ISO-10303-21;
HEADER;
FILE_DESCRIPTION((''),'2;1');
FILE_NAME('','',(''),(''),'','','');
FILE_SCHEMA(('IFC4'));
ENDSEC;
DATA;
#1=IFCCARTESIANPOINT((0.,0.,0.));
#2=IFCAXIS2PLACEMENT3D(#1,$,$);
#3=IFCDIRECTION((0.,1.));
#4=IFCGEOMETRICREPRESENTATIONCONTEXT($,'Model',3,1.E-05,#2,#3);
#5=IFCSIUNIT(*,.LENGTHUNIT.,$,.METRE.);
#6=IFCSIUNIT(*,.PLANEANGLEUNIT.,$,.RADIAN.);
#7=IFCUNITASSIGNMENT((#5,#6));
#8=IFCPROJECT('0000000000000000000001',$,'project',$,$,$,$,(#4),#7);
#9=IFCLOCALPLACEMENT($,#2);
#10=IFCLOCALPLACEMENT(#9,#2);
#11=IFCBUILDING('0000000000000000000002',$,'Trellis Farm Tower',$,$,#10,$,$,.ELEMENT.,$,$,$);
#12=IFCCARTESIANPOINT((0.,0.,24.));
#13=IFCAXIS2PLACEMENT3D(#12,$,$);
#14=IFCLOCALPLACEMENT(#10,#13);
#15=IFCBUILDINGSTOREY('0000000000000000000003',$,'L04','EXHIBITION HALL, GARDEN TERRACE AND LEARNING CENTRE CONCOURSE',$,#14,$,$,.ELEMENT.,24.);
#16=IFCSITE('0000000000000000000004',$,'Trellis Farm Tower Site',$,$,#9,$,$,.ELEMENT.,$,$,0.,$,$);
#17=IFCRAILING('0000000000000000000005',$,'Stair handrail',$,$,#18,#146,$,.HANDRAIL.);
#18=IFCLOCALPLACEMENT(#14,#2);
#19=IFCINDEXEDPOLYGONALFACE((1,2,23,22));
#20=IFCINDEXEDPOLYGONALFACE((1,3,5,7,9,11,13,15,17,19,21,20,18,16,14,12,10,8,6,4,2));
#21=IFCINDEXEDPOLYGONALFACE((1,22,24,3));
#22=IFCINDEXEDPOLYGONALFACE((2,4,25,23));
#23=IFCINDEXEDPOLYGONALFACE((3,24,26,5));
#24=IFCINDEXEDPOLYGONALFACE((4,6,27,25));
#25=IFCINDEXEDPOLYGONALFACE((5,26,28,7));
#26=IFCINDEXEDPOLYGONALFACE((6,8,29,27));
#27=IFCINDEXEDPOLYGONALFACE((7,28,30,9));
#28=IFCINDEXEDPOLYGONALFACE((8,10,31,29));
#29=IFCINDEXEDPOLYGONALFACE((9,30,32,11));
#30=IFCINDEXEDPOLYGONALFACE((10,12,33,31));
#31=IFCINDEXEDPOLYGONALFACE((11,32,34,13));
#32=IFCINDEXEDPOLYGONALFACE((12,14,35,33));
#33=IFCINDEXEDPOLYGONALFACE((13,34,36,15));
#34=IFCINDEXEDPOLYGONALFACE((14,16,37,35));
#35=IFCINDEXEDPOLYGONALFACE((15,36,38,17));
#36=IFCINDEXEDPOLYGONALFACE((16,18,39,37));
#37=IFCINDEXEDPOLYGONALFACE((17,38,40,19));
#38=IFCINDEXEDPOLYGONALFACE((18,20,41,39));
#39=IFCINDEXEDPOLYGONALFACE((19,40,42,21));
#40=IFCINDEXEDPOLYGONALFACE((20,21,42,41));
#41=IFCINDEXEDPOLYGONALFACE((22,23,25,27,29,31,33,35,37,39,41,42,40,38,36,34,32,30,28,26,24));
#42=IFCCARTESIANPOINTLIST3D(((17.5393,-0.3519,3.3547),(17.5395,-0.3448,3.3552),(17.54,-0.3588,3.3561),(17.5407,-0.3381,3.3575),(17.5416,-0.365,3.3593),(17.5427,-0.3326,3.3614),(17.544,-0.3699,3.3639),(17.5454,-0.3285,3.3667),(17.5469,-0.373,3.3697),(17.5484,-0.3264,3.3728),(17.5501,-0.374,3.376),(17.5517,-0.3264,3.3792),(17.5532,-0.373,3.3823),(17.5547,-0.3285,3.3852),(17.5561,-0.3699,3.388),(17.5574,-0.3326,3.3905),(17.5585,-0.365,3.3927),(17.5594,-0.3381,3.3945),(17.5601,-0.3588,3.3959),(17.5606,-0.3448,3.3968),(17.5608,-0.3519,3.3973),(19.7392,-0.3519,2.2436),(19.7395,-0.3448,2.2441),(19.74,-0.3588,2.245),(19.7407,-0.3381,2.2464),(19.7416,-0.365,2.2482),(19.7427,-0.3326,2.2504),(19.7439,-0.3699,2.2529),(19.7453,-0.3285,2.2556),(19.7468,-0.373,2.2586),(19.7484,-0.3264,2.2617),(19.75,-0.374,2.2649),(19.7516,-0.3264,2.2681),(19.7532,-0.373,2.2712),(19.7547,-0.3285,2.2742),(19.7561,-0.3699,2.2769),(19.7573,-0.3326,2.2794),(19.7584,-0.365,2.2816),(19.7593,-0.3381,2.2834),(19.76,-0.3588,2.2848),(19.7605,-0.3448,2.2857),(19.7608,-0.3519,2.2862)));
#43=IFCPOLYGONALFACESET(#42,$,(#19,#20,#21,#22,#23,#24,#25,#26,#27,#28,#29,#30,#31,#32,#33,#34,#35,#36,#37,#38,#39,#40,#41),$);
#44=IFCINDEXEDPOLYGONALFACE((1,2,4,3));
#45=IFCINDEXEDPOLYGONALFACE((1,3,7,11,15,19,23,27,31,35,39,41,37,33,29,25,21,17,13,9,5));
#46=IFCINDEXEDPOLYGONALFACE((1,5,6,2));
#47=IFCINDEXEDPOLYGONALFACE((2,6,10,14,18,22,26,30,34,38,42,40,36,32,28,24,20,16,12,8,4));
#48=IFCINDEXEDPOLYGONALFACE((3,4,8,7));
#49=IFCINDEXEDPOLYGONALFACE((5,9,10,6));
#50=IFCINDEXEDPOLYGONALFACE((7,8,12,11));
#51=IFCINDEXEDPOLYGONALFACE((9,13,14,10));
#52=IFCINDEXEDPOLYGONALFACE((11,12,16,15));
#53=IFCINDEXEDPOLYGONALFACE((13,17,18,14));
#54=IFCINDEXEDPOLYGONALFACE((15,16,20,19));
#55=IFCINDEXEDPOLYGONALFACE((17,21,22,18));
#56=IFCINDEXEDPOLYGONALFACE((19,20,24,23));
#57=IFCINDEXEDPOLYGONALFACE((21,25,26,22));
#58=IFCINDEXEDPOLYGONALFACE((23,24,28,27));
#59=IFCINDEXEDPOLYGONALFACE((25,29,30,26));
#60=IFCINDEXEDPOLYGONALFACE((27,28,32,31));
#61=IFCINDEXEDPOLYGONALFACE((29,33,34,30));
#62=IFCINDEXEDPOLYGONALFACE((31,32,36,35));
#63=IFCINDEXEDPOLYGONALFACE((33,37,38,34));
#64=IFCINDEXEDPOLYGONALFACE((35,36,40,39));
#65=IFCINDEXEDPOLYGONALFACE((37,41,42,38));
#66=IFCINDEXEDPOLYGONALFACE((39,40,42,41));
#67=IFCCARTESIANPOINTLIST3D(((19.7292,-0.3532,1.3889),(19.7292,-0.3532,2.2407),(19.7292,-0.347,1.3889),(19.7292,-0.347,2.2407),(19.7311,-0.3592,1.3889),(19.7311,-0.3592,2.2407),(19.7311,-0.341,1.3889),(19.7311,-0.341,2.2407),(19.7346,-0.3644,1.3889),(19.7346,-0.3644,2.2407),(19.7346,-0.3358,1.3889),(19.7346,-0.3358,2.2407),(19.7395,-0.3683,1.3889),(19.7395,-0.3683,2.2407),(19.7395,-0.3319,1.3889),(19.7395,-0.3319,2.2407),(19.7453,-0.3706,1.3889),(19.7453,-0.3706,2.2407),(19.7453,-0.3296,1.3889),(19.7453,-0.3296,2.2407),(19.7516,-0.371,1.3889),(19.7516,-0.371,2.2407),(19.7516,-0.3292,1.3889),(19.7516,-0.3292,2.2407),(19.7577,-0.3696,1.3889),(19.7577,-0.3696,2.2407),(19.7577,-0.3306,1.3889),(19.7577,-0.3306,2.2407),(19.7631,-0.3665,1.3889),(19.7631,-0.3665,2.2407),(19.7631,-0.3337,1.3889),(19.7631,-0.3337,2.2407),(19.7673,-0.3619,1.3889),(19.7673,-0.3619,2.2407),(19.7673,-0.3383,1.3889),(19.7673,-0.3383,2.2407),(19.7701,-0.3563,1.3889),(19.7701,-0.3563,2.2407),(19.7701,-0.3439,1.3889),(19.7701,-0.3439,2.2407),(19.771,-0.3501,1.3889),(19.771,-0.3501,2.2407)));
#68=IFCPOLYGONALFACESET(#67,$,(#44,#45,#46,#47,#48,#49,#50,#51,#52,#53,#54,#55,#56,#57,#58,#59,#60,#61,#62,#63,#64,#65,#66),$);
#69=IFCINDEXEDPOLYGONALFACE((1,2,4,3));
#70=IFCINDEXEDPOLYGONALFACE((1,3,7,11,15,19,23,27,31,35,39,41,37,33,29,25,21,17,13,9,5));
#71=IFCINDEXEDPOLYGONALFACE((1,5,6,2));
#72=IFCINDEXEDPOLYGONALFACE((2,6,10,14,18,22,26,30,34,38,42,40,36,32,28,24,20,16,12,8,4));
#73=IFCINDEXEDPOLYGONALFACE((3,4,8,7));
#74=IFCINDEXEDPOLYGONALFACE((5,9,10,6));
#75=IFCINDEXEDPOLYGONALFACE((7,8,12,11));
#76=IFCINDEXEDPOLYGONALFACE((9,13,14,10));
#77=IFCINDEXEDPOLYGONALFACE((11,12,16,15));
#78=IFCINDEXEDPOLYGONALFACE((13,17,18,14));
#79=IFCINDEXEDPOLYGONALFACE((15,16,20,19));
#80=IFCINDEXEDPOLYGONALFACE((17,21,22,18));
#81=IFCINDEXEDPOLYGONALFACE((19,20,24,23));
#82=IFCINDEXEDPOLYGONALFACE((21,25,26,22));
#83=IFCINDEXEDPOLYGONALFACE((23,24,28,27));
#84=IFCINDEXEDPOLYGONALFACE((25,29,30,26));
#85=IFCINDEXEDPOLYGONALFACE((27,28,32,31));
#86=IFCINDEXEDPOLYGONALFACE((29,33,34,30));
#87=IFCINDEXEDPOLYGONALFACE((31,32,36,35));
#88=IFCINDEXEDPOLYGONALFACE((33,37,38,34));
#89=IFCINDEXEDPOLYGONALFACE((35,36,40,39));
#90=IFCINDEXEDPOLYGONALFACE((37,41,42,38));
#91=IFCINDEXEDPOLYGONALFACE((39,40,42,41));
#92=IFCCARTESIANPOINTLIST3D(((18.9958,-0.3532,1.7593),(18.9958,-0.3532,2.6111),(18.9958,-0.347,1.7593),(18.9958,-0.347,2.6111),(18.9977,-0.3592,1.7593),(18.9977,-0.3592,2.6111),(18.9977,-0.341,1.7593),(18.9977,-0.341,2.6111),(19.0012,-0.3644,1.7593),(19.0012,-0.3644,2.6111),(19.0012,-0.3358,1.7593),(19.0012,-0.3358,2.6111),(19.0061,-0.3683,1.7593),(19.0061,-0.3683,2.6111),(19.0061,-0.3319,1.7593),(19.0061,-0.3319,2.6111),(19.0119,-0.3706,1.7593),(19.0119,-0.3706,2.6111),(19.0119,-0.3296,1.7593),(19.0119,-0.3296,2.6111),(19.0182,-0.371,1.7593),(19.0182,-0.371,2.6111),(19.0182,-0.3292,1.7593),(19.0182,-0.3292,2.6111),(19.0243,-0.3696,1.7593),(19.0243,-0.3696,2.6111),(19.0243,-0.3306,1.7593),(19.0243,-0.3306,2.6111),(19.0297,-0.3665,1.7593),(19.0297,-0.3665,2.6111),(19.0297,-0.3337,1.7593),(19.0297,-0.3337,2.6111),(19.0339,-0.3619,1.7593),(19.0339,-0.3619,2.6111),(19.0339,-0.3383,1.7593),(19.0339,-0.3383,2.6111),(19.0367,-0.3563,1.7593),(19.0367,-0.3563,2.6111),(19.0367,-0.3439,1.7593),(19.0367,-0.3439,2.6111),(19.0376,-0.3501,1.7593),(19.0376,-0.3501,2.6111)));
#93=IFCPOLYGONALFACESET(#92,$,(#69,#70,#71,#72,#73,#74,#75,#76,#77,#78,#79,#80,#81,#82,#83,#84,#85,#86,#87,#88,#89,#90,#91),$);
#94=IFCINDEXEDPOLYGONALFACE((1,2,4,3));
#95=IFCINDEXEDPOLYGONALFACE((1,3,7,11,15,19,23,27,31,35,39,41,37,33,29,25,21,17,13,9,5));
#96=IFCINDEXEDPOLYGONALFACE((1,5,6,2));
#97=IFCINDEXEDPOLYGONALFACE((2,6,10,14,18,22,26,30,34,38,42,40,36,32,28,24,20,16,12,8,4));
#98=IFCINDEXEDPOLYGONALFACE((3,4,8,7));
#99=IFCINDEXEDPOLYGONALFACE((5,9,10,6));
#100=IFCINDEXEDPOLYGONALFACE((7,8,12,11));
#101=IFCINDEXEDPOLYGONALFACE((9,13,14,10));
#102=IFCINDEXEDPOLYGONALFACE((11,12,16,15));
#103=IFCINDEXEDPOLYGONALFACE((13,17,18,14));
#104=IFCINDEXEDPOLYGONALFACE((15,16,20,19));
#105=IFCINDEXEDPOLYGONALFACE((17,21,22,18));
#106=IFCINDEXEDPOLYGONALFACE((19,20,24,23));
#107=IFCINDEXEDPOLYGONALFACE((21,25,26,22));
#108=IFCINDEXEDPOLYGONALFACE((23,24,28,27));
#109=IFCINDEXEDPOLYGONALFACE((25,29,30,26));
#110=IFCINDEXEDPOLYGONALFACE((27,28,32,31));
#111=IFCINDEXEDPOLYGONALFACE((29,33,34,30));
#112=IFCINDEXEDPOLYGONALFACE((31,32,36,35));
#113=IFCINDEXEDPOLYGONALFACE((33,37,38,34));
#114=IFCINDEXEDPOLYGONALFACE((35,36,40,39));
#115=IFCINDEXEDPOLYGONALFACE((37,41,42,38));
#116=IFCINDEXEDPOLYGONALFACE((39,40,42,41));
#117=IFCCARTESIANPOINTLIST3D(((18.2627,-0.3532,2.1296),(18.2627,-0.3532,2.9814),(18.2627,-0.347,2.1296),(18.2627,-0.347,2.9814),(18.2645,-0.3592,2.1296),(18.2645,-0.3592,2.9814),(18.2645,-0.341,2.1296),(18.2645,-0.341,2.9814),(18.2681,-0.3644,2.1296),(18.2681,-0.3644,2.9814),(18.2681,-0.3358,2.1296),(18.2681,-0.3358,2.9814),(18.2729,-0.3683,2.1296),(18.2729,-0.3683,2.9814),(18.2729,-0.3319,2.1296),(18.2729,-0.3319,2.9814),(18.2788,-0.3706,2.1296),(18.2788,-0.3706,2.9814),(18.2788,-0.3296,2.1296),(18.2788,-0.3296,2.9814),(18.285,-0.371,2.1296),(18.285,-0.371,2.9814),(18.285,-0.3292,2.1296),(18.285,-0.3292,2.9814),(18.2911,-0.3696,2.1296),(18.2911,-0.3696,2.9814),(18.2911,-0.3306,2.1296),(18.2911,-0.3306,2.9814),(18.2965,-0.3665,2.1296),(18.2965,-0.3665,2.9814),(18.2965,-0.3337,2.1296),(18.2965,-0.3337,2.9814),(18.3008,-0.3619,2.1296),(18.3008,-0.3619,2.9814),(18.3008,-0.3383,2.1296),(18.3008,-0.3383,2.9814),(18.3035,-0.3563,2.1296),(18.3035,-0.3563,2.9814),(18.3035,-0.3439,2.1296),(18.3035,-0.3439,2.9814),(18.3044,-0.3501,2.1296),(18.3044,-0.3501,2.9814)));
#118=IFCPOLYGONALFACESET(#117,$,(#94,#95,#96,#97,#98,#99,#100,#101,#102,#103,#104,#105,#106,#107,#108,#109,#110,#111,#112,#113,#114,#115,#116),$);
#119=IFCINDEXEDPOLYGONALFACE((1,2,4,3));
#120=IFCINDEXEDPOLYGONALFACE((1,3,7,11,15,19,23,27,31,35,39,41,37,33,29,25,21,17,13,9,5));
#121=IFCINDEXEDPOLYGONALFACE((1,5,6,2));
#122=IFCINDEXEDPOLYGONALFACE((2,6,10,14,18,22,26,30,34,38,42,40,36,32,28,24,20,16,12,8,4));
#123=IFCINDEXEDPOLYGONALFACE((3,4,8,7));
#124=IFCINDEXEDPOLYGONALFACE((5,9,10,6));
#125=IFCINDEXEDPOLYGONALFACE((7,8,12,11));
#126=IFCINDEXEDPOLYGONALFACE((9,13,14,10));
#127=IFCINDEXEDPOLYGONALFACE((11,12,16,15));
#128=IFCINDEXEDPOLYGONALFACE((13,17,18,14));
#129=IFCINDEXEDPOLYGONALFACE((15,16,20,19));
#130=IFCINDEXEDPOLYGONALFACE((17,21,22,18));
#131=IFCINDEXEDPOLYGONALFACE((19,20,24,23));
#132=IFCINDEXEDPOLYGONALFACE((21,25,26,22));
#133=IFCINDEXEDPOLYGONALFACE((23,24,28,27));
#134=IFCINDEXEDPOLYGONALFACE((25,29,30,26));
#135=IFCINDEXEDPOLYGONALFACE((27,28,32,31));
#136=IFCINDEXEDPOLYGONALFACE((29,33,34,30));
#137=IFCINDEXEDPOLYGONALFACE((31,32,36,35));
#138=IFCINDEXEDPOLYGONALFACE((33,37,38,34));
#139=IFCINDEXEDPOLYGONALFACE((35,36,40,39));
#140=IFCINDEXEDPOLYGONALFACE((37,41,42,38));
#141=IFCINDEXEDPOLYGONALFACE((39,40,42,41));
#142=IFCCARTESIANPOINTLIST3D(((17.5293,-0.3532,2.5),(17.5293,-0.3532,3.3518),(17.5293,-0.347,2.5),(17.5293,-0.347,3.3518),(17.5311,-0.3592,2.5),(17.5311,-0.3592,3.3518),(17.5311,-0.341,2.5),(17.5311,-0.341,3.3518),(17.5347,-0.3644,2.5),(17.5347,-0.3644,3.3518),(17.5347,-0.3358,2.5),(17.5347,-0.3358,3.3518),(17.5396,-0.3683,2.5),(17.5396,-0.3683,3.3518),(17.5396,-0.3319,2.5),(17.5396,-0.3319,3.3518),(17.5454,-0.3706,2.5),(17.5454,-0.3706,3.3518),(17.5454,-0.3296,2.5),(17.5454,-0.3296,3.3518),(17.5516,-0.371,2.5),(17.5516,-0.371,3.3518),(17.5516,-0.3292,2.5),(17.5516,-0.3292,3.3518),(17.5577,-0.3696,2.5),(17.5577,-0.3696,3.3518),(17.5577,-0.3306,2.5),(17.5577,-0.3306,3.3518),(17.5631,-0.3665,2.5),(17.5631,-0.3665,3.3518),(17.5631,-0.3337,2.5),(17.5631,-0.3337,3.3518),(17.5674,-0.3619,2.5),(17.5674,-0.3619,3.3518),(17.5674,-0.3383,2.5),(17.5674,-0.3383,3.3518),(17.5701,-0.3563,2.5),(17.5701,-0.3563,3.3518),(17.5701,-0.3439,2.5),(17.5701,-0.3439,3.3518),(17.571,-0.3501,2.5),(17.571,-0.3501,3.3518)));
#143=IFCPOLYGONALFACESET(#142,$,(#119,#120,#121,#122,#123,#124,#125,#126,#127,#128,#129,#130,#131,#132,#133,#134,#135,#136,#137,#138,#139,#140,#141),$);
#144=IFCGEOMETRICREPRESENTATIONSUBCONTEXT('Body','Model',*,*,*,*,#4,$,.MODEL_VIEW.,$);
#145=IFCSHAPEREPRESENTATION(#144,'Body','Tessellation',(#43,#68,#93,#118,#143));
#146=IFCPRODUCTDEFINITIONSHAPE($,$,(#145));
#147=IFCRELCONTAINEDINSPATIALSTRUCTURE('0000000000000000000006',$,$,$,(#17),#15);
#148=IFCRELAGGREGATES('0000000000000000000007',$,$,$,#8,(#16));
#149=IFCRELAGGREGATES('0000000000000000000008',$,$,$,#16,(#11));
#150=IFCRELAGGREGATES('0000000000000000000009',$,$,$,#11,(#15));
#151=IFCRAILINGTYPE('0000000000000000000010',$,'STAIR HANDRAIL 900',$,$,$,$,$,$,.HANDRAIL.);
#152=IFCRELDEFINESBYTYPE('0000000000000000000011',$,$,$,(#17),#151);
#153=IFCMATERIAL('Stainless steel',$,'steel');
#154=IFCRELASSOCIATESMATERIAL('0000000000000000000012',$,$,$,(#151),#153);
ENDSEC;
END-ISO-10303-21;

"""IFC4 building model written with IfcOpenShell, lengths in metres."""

from ifc_helpers import new_model, si_unit, direction, frame, origin, origin_2d, place, context, subcontext, project, spatial, circle, extrude, source, transform, mapped, material, type_object, element, save


model = new_model("IFC4")

# Units and contexts
model_context = context("Model", 3, precision=1e-05, world=origin(), true_north=direction((0.0, 1.0)))
body_context = subcontext(model_context, "Body", "Model", "MODEL_VIEW")
ifc_project = project(units=[si_unit("LENGTHUNIT", "METRE"), si_unit("PLANEANGLEUNIT", "RADIAN")], contexts=[model_context])

# Site, building, storey
site_placement = place(None, origin())
site = spatial("IfcSite", under=ifc_project, at=site_placement, Name="Trellis Farm Tower Site", CompositionType="ELEMENT", RefElevation=0.0)
building_placement = place(site_placement, origin())
building = spatial("IfcBuilding", under=site, at=building_placement, Name="Trellis Farm Tower", CompositionType="ELEMENT")
storey_placement = place(building_placement, frame((0.0, 0.0, 24.0)))
storey = spatial("IfcBuildingStorey", under=building, at=storey_placement, Name="L04", Description="EXHIBITION HALL, GARDEN TERRACE AND LEARNING CENTRE CONCOURSE", CompositionType="ELEMENT", Elevation=24.0)

# Railing
ifc_material_1 = material(Name="Stainless steel", Category="steel")
railing_type = type_object("IfcRailingType", Name="STAIR HANDRAIL 900", PredefinedType="HANDRAIL", material=ifc_material_1)
shared_shape_1 = source(origin(), body_context, "Body", "SweptSolid", [
    extrude(circle(Radius=0.0239, at=origin_2d()), frame((0.0, 0.0, 0.876), z_axis=(-0.892617, 0.0, 0.450816), x_axis=(0.0, -1.0, 0.0)), (0.0, 0.0, 1.0), 2.4646),
    extrude(circle(Radius=0.021, at=origin_2d()), origin(), (0.0, 0.0, 1.0), 0.8518),
    extrude(circle(Radius=0.021, at=origin_2d()), frame((-0.7334, 0.0, 0.3704)), (0.0, 0.0, 1.0), 0.8518),
    extrude(circle(Radius=0.021, at=origin_2d()), frame((-1.4666, 0.0, 0.7407)), (0.0, 0.0, 1.0), 0.8518),
    extrude(circle(Radius=0.021, at=origin_2d()), frame((-2.2, 0.0, 1.1111)), (0.0, 0.0, 1.0), 0.8518),
])
for number, where, name in (
    (1, (19.75, -0.3501, 1.3889), "Stair handrail"),
):
    element("IfcRailing", number, at=place(storey_placement, frame(where)), inside=storey, type_object=railing_type, Name=name, PredefinedType="HANDRAIL", context=body_context, shape_type="MappedRepresentation", body=[
        mapped(shared_shape_1, transform((0.0, 0.0, 0.0))),
    ])

save(model, "model.ifc")
